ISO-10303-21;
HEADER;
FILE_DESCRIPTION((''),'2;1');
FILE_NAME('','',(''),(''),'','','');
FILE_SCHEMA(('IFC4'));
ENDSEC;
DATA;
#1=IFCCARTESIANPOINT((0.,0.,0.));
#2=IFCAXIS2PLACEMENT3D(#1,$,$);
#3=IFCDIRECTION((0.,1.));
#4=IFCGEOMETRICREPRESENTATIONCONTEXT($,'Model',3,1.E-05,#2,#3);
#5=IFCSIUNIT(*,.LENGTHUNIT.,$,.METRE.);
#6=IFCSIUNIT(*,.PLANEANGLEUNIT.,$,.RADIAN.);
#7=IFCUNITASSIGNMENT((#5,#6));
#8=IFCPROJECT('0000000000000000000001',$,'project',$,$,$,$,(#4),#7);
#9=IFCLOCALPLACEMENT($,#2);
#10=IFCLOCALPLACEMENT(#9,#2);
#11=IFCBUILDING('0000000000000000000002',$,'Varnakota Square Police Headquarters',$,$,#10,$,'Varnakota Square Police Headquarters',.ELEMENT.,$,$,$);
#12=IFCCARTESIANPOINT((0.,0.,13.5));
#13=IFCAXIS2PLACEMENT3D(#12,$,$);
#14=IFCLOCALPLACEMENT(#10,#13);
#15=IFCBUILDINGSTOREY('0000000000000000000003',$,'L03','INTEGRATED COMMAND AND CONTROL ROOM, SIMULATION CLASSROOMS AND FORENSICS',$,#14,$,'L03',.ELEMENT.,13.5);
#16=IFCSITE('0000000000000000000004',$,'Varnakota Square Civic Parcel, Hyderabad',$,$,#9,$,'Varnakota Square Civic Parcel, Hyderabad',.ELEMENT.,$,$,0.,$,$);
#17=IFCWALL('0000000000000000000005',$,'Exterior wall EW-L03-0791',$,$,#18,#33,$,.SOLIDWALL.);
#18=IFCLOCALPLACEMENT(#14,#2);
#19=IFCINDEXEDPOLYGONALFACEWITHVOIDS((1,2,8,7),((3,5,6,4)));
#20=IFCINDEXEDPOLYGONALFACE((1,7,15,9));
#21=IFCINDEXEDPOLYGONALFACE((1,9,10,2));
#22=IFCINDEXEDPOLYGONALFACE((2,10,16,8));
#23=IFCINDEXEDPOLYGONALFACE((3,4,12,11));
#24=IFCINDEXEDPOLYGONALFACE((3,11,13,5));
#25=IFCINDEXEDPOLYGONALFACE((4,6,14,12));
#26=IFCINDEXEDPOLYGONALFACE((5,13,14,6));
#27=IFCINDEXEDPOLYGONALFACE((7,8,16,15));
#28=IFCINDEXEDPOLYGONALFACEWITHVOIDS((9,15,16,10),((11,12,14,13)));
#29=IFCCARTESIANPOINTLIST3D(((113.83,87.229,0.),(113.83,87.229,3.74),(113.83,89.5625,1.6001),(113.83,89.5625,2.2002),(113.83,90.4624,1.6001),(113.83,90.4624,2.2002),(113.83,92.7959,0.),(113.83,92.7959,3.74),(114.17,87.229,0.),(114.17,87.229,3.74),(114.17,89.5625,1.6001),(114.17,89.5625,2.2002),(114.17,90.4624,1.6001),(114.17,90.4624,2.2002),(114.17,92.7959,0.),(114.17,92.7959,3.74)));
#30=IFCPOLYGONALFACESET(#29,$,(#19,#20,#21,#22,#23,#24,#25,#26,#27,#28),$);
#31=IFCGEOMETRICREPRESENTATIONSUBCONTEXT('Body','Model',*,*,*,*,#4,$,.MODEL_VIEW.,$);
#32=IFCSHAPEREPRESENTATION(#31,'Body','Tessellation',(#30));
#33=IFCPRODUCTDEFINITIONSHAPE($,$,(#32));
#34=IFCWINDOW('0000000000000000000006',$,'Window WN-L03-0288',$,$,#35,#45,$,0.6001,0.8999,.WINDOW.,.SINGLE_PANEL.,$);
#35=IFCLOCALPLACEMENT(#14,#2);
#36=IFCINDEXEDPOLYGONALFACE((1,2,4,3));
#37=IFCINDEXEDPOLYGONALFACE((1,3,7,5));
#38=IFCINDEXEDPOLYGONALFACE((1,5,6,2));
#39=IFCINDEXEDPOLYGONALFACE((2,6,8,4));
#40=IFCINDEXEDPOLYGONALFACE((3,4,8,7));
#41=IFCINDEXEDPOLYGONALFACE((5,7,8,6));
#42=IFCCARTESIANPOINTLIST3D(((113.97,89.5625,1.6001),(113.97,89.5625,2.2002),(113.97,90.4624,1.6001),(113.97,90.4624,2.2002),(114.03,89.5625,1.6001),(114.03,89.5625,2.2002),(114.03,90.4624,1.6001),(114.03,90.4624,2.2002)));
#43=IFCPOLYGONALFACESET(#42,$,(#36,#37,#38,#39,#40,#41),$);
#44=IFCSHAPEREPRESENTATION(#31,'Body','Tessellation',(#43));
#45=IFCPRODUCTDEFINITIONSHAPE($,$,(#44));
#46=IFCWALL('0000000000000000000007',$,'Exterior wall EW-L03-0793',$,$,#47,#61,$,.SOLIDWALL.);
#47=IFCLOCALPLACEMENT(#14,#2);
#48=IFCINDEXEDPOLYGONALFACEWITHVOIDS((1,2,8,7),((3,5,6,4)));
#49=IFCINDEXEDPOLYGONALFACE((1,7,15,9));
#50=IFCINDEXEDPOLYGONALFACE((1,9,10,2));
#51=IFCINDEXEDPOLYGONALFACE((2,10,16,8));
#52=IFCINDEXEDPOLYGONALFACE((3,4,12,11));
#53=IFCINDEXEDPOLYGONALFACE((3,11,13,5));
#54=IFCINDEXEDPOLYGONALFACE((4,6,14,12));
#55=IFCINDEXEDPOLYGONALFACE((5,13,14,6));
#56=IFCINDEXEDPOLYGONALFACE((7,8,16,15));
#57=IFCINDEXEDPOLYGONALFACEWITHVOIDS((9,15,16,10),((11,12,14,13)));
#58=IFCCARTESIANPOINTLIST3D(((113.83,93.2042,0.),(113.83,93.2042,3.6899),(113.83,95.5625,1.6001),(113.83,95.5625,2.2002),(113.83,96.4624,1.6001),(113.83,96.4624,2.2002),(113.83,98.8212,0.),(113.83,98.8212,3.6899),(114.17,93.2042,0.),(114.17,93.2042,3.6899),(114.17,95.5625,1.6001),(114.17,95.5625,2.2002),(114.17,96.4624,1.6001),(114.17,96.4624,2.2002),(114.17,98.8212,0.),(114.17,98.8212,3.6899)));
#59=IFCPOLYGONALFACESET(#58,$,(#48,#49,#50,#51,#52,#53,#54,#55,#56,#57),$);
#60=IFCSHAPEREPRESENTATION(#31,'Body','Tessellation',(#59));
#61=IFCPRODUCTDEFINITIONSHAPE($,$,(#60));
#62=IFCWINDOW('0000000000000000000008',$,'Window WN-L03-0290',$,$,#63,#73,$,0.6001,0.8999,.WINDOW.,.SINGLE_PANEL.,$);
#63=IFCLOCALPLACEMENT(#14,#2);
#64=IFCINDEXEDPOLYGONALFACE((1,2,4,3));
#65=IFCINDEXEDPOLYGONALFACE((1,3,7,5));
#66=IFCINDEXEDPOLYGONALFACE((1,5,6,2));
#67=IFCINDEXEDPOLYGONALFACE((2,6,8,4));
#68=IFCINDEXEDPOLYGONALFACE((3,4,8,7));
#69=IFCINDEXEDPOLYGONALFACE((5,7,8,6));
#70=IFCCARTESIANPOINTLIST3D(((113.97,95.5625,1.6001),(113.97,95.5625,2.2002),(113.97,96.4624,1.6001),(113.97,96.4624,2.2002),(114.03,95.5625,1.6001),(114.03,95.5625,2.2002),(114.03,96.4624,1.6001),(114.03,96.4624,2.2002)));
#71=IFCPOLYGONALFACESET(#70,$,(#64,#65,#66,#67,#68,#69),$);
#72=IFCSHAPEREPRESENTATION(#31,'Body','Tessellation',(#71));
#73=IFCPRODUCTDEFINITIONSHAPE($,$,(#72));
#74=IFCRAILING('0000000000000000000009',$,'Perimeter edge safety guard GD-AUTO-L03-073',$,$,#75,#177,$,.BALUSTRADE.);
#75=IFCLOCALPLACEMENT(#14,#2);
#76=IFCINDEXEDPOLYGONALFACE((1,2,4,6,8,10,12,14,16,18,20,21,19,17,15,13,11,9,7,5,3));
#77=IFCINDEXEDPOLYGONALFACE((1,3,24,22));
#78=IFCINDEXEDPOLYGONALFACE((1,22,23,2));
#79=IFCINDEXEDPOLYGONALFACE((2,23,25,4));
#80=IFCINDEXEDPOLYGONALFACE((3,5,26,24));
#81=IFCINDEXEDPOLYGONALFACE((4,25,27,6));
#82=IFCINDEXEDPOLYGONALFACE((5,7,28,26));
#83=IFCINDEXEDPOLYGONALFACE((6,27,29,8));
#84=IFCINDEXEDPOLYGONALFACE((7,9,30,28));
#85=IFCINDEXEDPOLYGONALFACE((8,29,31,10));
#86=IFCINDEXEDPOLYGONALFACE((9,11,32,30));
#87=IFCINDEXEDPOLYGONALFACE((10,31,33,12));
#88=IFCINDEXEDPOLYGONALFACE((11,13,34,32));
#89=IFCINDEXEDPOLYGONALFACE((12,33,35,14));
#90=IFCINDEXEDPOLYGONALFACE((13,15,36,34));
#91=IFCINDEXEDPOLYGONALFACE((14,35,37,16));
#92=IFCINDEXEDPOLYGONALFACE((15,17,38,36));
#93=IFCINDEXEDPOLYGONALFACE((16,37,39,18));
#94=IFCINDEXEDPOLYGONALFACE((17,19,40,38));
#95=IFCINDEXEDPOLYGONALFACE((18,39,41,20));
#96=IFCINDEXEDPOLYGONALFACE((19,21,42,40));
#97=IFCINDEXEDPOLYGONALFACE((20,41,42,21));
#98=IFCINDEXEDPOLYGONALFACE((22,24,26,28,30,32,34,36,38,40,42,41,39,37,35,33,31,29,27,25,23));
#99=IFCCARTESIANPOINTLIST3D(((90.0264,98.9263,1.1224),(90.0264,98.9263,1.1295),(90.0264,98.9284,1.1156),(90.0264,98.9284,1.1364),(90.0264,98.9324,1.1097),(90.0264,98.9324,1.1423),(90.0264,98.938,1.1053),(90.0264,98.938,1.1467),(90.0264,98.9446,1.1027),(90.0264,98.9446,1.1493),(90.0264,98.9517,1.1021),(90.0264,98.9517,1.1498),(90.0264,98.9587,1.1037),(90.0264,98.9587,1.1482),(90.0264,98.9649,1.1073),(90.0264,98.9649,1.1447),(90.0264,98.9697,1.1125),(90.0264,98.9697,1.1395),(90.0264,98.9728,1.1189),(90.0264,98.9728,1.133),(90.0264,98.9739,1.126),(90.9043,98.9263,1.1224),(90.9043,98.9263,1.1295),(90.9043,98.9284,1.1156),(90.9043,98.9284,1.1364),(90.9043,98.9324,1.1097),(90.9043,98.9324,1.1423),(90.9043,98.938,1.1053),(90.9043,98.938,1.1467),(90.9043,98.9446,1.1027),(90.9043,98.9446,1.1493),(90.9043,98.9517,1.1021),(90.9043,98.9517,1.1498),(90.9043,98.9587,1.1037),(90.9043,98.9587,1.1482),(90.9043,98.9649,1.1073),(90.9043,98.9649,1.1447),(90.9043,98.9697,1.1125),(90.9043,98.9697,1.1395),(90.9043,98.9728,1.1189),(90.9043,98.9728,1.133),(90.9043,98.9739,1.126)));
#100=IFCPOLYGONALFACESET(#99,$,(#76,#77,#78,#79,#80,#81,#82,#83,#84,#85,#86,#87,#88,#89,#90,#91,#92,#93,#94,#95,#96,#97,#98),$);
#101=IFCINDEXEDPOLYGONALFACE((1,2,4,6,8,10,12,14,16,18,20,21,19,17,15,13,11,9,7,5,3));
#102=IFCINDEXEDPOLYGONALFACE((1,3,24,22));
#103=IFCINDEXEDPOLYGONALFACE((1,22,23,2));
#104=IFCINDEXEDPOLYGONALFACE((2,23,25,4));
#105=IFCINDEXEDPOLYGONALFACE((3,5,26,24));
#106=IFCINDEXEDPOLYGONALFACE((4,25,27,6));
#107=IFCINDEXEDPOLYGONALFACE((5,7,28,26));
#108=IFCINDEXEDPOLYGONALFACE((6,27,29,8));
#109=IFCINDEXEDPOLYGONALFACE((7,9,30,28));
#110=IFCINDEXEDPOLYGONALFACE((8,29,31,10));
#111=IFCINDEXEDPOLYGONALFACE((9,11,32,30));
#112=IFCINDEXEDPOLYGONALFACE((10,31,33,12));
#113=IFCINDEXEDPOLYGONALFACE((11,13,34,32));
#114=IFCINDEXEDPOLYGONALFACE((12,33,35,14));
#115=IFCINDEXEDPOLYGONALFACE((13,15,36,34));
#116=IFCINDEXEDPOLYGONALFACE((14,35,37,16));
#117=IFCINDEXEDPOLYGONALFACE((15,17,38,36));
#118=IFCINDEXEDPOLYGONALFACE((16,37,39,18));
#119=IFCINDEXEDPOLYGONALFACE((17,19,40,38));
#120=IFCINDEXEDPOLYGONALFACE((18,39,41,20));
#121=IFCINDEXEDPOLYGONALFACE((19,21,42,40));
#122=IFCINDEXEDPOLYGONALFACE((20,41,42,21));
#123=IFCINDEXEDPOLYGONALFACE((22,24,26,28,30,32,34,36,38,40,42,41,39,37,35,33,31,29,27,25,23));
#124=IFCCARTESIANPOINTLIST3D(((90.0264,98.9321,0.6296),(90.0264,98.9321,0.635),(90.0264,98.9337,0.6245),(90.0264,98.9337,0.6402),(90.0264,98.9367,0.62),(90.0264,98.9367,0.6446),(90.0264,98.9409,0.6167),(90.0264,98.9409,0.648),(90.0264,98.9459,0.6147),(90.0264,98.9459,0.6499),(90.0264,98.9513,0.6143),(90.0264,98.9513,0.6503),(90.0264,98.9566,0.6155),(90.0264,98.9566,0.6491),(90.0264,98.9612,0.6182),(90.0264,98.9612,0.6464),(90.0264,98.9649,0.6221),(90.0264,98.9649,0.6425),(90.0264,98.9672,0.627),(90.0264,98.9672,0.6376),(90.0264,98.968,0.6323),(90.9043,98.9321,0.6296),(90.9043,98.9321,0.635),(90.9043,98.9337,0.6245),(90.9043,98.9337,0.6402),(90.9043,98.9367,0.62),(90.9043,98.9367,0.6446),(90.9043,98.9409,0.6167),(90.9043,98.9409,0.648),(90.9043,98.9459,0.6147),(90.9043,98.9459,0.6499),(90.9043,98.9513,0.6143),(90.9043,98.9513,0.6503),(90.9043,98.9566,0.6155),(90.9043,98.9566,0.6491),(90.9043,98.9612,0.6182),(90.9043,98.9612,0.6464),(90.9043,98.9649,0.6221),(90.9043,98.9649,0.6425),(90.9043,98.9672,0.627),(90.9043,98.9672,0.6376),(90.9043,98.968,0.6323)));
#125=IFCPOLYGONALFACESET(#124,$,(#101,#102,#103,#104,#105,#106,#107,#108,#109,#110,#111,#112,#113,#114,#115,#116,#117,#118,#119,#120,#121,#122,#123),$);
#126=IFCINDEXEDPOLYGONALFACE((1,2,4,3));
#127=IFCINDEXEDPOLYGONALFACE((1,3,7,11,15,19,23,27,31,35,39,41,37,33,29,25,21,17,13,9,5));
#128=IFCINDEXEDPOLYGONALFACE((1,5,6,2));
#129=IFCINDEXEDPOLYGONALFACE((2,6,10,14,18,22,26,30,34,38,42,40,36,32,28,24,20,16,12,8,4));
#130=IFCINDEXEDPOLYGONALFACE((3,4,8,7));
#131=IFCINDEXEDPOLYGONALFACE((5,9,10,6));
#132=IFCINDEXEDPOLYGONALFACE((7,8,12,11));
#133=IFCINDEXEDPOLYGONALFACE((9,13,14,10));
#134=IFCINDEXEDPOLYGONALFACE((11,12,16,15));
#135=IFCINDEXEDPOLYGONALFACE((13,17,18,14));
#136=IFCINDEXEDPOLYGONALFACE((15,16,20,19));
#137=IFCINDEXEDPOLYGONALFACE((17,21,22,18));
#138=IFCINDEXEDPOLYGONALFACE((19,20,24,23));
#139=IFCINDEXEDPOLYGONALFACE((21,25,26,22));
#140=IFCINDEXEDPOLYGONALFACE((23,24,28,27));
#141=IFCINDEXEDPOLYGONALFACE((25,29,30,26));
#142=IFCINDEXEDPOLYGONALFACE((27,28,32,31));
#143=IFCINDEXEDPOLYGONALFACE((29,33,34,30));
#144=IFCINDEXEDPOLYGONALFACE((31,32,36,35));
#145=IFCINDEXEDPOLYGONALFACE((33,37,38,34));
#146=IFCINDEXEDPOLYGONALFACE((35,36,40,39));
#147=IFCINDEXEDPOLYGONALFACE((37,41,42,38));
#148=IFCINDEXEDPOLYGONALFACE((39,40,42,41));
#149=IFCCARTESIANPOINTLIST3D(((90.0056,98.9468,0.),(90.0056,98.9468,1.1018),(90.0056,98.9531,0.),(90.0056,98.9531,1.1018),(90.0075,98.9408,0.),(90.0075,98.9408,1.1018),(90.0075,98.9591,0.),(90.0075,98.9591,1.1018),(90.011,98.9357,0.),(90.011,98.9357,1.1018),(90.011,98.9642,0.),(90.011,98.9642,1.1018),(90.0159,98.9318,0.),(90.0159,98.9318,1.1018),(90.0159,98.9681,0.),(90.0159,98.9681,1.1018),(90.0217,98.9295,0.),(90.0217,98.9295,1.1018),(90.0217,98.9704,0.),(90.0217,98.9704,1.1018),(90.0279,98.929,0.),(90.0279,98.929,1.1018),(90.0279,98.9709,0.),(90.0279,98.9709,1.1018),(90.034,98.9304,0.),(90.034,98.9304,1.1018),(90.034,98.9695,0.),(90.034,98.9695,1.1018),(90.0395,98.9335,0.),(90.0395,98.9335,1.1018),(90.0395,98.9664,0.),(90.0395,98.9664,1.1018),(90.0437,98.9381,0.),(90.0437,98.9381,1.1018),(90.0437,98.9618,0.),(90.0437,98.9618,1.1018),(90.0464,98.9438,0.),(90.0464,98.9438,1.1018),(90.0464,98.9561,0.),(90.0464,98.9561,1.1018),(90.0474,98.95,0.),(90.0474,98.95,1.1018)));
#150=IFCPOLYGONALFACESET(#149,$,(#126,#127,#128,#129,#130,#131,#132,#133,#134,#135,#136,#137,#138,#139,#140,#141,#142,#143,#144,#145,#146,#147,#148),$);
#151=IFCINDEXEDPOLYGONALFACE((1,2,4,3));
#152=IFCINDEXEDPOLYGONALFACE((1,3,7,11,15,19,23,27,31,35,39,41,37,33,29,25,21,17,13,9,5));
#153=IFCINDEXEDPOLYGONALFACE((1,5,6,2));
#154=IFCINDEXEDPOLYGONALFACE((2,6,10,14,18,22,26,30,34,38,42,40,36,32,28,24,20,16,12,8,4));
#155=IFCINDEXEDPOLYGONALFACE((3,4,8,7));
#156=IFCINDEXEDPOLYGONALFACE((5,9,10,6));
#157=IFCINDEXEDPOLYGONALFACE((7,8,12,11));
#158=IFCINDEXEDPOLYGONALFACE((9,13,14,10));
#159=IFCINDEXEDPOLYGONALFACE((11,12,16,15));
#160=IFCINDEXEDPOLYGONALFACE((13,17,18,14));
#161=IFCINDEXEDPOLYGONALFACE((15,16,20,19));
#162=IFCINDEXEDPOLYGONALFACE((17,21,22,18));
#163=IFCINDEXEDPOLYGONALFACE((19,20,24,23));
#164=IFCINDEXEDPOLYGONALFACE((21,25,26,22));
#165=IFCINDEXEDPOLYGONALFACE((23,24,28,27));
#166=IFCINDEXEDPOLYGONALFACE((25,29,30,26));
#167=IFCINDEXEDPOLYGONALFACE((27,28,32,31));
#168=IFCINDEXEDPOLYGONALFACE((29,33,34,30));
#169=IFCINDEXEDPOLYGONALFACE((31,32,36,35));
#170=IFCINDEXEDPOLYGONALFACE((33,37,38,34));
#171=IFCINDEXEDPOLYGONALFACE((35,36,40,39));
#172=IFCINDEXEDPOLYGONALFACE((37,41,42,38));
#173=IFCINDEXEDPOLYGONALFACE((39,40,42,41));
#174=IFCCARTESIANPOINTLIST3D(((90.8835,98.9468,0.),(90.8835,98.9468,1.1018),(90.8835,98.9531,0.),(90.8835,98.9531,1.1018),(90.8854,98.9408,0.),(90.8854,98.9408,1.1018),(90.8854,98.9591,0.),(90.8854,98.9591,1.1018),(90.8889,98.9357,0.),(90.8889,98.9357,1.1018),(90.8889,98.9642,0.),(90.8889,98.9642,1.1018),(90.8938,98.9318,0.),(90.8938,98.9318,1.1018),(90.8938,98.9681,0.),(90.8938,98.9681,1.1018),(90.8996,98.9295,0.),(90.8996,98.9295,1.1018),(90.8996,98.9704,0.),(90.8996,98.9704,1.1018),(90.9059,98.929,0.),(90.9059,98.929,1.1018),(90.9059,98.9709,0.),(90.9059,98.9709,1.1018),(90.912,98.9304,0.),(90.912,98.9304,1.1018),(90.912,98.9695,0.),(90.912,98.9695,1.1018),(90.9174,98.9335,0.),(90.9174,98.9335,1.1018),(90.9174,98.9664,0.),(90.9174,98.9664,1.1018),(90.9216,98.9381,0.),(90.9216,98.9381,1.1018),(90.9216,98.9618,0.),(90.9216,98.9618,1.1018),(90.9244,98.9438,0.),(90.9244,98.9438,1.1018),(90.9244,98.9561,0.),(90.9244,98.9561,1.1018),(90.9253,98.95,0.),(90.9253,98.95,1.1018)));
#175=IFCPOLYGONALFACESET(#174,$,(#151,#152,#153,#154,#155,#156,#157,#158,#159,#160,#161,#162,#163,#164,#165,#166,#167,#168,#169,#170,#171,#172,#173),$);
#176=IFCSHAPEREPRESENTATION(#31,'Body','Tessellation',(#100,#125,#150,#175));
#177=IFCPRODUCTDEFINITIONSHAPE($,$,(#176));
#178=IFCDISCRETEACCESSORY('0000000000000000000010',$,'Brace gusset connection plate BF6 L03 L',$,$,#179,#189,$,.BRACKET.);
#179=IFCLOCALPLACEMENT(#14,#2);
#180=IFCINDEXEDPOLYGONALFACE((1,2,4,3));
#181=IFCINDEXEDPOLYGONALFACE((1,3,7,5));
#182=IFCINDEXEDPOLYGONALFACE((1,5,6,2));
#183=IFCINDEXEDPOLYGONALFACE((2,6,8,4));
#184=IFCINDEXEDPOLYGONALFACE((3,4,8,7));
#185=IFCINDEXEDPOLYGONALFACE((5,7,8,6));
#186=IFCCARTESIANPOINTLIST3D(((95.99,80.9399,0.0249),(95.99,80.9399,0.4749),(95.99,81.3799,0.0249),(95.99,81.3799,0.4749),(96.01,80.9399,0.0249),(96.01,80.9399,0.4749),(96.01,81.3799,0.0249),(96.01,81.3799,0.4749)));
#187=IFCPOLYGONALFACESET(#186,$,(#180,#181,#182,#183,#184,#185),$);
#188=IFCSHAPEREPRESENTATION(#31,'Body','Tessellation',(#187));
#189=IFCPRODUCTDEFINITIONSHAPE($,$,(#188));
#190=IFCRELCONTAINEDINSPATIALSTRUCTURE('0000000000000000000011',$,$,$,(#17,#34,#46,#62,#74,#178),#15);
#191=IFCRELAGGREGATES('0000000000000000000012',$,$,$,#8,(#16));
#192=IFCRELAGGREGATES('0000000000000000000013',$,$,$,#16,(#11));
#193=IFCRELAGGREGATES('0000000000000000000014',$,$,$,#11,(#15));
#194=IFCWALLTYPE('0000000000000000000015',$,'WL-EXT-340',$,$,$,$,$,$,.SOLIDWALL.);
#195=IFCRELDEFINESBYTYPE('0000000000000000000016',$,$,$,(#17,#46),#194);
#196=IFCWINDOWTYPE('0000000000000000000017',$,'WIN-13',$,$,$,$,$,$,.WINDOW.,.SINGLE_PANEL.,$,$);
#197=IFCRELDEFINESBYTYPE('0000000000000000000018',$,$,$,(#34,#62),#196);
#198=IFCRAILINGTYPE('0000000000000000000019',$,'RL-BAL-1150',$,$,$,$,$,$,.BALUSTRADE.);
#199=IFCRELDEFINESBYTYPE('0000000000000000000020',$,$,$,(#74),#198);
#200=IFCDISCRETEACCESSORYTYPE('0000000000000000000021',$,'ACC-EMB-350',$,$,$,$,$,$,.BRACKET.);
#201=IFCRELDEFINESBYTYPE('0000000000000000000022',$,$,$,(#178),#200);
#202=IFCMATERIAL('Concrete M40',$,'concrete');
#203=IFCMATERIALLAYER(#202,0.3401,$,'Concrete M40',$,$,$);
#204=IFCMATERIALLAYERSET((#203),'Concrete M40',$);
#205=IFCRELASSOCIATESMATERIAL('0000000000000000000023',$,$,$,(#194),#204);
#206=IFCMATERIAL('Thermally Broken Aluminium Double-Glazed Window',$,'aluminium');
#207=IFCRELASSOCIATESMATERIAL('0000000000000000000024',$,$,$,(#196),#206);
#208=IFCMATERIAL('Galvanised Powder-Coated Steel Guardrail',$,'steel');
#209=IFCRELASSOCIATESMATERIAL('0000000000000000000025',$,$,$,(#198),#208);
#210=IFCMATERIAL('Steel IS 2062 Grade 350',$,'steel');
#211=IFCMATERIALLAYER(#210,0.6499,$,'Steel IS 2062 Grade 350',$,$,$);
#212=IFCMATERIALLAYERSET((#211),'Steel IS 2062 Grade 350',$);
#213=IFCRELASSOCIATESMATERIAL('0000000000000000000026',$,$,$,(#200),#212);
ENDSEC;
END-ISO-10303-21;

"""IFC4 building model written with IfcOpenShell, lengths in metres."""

from ifc_helpers import new_model, si_unit, direction, frame, frame_2d, origin, origin_2d, place, context, subcontext, project, spatial, rectangle, circle, extrude, material, layer, layer_set, type_object, element, fill, save


model = new_model("IFC4")

# Units and contexts
model_context = context("Model", 3, precision=1e-05, world=origin(), true_north=direction((0.0, 1.0)))
body_context = subcontext(model_context, "Body", "Model", "MODEL_VIEW")
ifc_project = project(units=[si_unit("LENGTHUNIT", "METRE"), si_unit("PLANEANGLEUNIT", "RADIAN")], contexts=[model_context])

# Site, building, storey
site_placement = place(None, origin())
site = spatial("IfcSite", under=ifc_project, at=site_placement, Name="Varnakota Square Civic Parcel, Hyderabad", LongName="Varnakota Square Civic Parcel, Hyderabad", CompositionType="ELEMENT", RefElevation=0.0)
building_placement = place(site_placement, origin())
building = spatial("IfcBuilding", under=site, at=building_placement, Name="Varnakota Square Police Headquarters", LongName="Varnakota Square Police Headquarters", CompositionType="ELEMENT")
storey_placement = place(building_placement, frame((0.0, 0.0, 13.5)))
storey = spatial("IfcBuildingStorey", under=building, at=storey_placement, Name="L03", Description="INTEGRATED COMMAND AND CONTROL ROOM, SIMULATION CLASSROOMS AND FORENSICS", LongName="L03", CompositionType="ELEMENT", Elevation=13.5)

# Shared definitions
ifc_material_1 = material(Name="Steel IS 2062 Grade 350", Category="steel")

# Walls, openings, windows
ifc_material_2 = material(Name="Concrete M40", Category="concrete")
ifc_layer_1 = layer(ifc_material_2, 0.3401, Name="Concrete M40")
ifc_layer_set_1 = layer_set([ifc_layer_1], Name="Concrete M40")
wall_type_1 = type_object("IfcWallType", Name="WL-EXT-340", PredefinedType="SOLIDWALL", material=ifc_layer_set_1)
ifc_material_3 = material(Name="Thermally Broken Aluminium Double-Glazed Window", Category="aluminium")
window_type = type_object("IfcWindowType", Name="WIN-13", PartitioningType="SINGLE_PANEL", PredefinedType="WINDOW", material=ifc_material_3)
wall_1_placement = place(storey_placement, frame((114.0, 87.229, 0.0), z_axis=(0.0, 0.0, 1.0), x_axis=(0.0, 1.0, 0.0)))
wall_1 = element("IfcWall", 1, at=wall_1_placement, inside=storey, type_object=wall_type_1, Name="Exterior wall EW-L03-0791", PredefinedType="SOLIDWALL", context=body_context, shape_type="SweptSolid", body=[
    extrude(rectangle(XDim=5.5669, YDim=0.3401, at=frame_2d((2.7834, 0.0))), origin(), (0.0, 0.0, 1.0), 3.74),
])
opening_1_placement = place(wall_1_placement, frame((2.3335, 0.0, 1.6001)))
opening_1 = element("IfcOpeningElement", 2, at=opening_1_placement, cuts=wall_1, PredefinedType="OPENING", context=body_context, shape_type="SweptSolid", body=[
    extrude(rectangle(XDim=0.8999, YDim=0.6001, at=frame_2d((0.45, 0.3))), frame((0.0, 0.1799, 0.0), z_axis=(0.0, -1.0, 0.0), x_axis=(1.0, 0.0, 0.0)), (0.0, 0.0, 1.0), 0.3601),
])
window_1_placement = place(opening_1_placement, origin())
window_1 = element("IfcWindow", 3, at=window_1_placement, inside=storey, type_object=window_type, Name="Window WN-L03-0288", OverallHeight=0.6001, OverallWidth=0.8999, PartitioningType="SINGLE_PANEL", PredefinedType="WINDOW", context=body_context, shape_type="SweptSolid", body=[
    extrude(rectangle(XDim=0.8999, YDim=0.6001, at=frame_2d((0.45, 0.3))), frame((0.0, 0.03, 0.0), z_axis=(0.0, -1.0, 0.0), x_axis=(1.0, 0.0, 0.0)), (0.0, 0.0, 1.0), 0.0601),
])
fill(opening_1, window_1)
wall_2_placement = place(storey_placement, frame((114.0, 93.2041, 0.0), z_axis=(0.0, 0.0, 1.0), x_axis=(0.0, 1.0, 0.0)))
wall_2 = element("IfcWall", 4, at=wall_2_placement, inside=storey, type_object=wall_type_1, Name="Exterior wall EW-L03-0793", PredefinedType="SOLIDWALL", context=body_context, shape_type="SweptSolid", body=[
    extrude(rectangle(XDim=5.6169, YDim=0.3401, at=frame_2d((2.8086, 0.0))), origin(), (0.0, 0.0, 1.0), 3.6899),
])
opening_2_placement = place(wall_2_placement, frame((2.3584, 0.0, 1.6001)))
opening_2 = element("IfcOpeningElement", 5, at=opening_2_placement, cuts=wall_2, PredefinedType="OPENING", context=body_context, shape_type="SweptSolid", body=[
    extrude(rectangle(XDim=0.8999, YDim=0.6001, at=frame_2d((0.45, 0.3))), frame((0.0, 0.1799, 0.0), z_axis=(0.0, -1.0, 0.0), x_axis=(1.0, 0.0, 0.0)), (0.0, 0.0, 1.0), 0.3601),
])
window_2_placement = place(opening_2_placement, origin())
window_2 = element("IfcWindow", 6, at=window_2_placement, inside=storey, type_object=window_type, Name="Window WN-L03-0290", OverallHeight=0.6001, OverallWidth=0.8999, PartitioningType="SINGLE_PANEL", PredefinedType="WINDOW", context=body_context, shape_type="SweptSolid", body=[
    extrude(rectangle(XDim=0.8999, YDim=0.6001, at=frame_2d((0.45, 0.3))), frame((0.0, 0.03, 0.0), z_axis=(0.0, -1.0, 0.0), x_axis=(1.0, 0.0, 0.0)), (0.0, 0.0, 1.0), 0.0601),
])
fill(opening_2, window_2)

# Railing
ifc_material_4 = material(Name="Galvanised Powder-Coated Steel Guardrail", Category="steel")
railing_type = type_object("IfcRailingType", Name="RL-BAL-1150", PredefinedType="BALUSTRADE", material=ifc_material_4)
railing_1_placement = place(storey_placement, frame((90.0264, 98.95, 0.0)))
element("IfcRailing", 7, at=railing_1_placement, inside=storey, type_object=railing_type, Name="Perimeter edge safety guard GD-AUTO-L03-073", PredefinedType="BALUSTRADE", context=body_context, shape_type="SweptSolid", body=[
    extrude(circle(Radius=0.0239, at=origin_2d()), frame((0.0, 0.0, 1.126), z_axis=(1.0, 0.0, 0.0), x_axis=(0.0, 1.0, 0.0)), (0.0, 0.0, 1.0), 0.8779),
    extrude(circle(Radius=0.0181, at=origin_2d()), frame((0.0, 0.0, 0.6323), z_axis=(1.0, 0.0, 0.0), x_axis=(0.0, 1.0, 0.0)), (0.0, 0.0, 1.0), 0.8779),
    extrude(circle(Radius=0.021, at=origin_2d()), origin(), (0.0, 0.0, 1.0), 1.1018),
    extrude(circle(Radius=0.021, at=origin_2d()), frame((0.8779, 0.0, 0.0)), (0.0, 0.0, 1.0), 1.1018),
])

# Discrete accessory
ifc_layer_2 = layer(ifc_material_1, 0.6499, Name="Steel IS 2062 Grade 350")
ifc_layer_set_2 = layer_set([ifc_layer_2], Name="Steel IS 2062 Grade 350")
discrete_accessory_type = type_object("IfcDiscreteAccessoryType", Name="ACC-EMB-350", PredefinedType="BRACKET", material=ifc_layer_set_2)
for number, where, z_axis, x_axis, name in (
    (8, (96.0, 81.1599, 0.0249), (0.0, 0.0, 1.0), (0.0, 1.0, 0.0), "Brace gusset connection plate BF6 L03 L"),
):
    element("IfcDiscreteAccessory", number, at=place(storey_placement, frame(where, z_axis=z_axis, x_axis=x_axis)), inside=storey, type_object=discrete_accessory_type, Name=name, PredefinedType="BRACKET", context=body_context, shape_type="SweptSolid", body=[
        extrude(rectangle(XDim=0.4399, YDim=0.02, at=origin_2d()), origin(), (0.0, 0.0, 1.0), 0.45),
    ])

save(model, "model.ifc")
